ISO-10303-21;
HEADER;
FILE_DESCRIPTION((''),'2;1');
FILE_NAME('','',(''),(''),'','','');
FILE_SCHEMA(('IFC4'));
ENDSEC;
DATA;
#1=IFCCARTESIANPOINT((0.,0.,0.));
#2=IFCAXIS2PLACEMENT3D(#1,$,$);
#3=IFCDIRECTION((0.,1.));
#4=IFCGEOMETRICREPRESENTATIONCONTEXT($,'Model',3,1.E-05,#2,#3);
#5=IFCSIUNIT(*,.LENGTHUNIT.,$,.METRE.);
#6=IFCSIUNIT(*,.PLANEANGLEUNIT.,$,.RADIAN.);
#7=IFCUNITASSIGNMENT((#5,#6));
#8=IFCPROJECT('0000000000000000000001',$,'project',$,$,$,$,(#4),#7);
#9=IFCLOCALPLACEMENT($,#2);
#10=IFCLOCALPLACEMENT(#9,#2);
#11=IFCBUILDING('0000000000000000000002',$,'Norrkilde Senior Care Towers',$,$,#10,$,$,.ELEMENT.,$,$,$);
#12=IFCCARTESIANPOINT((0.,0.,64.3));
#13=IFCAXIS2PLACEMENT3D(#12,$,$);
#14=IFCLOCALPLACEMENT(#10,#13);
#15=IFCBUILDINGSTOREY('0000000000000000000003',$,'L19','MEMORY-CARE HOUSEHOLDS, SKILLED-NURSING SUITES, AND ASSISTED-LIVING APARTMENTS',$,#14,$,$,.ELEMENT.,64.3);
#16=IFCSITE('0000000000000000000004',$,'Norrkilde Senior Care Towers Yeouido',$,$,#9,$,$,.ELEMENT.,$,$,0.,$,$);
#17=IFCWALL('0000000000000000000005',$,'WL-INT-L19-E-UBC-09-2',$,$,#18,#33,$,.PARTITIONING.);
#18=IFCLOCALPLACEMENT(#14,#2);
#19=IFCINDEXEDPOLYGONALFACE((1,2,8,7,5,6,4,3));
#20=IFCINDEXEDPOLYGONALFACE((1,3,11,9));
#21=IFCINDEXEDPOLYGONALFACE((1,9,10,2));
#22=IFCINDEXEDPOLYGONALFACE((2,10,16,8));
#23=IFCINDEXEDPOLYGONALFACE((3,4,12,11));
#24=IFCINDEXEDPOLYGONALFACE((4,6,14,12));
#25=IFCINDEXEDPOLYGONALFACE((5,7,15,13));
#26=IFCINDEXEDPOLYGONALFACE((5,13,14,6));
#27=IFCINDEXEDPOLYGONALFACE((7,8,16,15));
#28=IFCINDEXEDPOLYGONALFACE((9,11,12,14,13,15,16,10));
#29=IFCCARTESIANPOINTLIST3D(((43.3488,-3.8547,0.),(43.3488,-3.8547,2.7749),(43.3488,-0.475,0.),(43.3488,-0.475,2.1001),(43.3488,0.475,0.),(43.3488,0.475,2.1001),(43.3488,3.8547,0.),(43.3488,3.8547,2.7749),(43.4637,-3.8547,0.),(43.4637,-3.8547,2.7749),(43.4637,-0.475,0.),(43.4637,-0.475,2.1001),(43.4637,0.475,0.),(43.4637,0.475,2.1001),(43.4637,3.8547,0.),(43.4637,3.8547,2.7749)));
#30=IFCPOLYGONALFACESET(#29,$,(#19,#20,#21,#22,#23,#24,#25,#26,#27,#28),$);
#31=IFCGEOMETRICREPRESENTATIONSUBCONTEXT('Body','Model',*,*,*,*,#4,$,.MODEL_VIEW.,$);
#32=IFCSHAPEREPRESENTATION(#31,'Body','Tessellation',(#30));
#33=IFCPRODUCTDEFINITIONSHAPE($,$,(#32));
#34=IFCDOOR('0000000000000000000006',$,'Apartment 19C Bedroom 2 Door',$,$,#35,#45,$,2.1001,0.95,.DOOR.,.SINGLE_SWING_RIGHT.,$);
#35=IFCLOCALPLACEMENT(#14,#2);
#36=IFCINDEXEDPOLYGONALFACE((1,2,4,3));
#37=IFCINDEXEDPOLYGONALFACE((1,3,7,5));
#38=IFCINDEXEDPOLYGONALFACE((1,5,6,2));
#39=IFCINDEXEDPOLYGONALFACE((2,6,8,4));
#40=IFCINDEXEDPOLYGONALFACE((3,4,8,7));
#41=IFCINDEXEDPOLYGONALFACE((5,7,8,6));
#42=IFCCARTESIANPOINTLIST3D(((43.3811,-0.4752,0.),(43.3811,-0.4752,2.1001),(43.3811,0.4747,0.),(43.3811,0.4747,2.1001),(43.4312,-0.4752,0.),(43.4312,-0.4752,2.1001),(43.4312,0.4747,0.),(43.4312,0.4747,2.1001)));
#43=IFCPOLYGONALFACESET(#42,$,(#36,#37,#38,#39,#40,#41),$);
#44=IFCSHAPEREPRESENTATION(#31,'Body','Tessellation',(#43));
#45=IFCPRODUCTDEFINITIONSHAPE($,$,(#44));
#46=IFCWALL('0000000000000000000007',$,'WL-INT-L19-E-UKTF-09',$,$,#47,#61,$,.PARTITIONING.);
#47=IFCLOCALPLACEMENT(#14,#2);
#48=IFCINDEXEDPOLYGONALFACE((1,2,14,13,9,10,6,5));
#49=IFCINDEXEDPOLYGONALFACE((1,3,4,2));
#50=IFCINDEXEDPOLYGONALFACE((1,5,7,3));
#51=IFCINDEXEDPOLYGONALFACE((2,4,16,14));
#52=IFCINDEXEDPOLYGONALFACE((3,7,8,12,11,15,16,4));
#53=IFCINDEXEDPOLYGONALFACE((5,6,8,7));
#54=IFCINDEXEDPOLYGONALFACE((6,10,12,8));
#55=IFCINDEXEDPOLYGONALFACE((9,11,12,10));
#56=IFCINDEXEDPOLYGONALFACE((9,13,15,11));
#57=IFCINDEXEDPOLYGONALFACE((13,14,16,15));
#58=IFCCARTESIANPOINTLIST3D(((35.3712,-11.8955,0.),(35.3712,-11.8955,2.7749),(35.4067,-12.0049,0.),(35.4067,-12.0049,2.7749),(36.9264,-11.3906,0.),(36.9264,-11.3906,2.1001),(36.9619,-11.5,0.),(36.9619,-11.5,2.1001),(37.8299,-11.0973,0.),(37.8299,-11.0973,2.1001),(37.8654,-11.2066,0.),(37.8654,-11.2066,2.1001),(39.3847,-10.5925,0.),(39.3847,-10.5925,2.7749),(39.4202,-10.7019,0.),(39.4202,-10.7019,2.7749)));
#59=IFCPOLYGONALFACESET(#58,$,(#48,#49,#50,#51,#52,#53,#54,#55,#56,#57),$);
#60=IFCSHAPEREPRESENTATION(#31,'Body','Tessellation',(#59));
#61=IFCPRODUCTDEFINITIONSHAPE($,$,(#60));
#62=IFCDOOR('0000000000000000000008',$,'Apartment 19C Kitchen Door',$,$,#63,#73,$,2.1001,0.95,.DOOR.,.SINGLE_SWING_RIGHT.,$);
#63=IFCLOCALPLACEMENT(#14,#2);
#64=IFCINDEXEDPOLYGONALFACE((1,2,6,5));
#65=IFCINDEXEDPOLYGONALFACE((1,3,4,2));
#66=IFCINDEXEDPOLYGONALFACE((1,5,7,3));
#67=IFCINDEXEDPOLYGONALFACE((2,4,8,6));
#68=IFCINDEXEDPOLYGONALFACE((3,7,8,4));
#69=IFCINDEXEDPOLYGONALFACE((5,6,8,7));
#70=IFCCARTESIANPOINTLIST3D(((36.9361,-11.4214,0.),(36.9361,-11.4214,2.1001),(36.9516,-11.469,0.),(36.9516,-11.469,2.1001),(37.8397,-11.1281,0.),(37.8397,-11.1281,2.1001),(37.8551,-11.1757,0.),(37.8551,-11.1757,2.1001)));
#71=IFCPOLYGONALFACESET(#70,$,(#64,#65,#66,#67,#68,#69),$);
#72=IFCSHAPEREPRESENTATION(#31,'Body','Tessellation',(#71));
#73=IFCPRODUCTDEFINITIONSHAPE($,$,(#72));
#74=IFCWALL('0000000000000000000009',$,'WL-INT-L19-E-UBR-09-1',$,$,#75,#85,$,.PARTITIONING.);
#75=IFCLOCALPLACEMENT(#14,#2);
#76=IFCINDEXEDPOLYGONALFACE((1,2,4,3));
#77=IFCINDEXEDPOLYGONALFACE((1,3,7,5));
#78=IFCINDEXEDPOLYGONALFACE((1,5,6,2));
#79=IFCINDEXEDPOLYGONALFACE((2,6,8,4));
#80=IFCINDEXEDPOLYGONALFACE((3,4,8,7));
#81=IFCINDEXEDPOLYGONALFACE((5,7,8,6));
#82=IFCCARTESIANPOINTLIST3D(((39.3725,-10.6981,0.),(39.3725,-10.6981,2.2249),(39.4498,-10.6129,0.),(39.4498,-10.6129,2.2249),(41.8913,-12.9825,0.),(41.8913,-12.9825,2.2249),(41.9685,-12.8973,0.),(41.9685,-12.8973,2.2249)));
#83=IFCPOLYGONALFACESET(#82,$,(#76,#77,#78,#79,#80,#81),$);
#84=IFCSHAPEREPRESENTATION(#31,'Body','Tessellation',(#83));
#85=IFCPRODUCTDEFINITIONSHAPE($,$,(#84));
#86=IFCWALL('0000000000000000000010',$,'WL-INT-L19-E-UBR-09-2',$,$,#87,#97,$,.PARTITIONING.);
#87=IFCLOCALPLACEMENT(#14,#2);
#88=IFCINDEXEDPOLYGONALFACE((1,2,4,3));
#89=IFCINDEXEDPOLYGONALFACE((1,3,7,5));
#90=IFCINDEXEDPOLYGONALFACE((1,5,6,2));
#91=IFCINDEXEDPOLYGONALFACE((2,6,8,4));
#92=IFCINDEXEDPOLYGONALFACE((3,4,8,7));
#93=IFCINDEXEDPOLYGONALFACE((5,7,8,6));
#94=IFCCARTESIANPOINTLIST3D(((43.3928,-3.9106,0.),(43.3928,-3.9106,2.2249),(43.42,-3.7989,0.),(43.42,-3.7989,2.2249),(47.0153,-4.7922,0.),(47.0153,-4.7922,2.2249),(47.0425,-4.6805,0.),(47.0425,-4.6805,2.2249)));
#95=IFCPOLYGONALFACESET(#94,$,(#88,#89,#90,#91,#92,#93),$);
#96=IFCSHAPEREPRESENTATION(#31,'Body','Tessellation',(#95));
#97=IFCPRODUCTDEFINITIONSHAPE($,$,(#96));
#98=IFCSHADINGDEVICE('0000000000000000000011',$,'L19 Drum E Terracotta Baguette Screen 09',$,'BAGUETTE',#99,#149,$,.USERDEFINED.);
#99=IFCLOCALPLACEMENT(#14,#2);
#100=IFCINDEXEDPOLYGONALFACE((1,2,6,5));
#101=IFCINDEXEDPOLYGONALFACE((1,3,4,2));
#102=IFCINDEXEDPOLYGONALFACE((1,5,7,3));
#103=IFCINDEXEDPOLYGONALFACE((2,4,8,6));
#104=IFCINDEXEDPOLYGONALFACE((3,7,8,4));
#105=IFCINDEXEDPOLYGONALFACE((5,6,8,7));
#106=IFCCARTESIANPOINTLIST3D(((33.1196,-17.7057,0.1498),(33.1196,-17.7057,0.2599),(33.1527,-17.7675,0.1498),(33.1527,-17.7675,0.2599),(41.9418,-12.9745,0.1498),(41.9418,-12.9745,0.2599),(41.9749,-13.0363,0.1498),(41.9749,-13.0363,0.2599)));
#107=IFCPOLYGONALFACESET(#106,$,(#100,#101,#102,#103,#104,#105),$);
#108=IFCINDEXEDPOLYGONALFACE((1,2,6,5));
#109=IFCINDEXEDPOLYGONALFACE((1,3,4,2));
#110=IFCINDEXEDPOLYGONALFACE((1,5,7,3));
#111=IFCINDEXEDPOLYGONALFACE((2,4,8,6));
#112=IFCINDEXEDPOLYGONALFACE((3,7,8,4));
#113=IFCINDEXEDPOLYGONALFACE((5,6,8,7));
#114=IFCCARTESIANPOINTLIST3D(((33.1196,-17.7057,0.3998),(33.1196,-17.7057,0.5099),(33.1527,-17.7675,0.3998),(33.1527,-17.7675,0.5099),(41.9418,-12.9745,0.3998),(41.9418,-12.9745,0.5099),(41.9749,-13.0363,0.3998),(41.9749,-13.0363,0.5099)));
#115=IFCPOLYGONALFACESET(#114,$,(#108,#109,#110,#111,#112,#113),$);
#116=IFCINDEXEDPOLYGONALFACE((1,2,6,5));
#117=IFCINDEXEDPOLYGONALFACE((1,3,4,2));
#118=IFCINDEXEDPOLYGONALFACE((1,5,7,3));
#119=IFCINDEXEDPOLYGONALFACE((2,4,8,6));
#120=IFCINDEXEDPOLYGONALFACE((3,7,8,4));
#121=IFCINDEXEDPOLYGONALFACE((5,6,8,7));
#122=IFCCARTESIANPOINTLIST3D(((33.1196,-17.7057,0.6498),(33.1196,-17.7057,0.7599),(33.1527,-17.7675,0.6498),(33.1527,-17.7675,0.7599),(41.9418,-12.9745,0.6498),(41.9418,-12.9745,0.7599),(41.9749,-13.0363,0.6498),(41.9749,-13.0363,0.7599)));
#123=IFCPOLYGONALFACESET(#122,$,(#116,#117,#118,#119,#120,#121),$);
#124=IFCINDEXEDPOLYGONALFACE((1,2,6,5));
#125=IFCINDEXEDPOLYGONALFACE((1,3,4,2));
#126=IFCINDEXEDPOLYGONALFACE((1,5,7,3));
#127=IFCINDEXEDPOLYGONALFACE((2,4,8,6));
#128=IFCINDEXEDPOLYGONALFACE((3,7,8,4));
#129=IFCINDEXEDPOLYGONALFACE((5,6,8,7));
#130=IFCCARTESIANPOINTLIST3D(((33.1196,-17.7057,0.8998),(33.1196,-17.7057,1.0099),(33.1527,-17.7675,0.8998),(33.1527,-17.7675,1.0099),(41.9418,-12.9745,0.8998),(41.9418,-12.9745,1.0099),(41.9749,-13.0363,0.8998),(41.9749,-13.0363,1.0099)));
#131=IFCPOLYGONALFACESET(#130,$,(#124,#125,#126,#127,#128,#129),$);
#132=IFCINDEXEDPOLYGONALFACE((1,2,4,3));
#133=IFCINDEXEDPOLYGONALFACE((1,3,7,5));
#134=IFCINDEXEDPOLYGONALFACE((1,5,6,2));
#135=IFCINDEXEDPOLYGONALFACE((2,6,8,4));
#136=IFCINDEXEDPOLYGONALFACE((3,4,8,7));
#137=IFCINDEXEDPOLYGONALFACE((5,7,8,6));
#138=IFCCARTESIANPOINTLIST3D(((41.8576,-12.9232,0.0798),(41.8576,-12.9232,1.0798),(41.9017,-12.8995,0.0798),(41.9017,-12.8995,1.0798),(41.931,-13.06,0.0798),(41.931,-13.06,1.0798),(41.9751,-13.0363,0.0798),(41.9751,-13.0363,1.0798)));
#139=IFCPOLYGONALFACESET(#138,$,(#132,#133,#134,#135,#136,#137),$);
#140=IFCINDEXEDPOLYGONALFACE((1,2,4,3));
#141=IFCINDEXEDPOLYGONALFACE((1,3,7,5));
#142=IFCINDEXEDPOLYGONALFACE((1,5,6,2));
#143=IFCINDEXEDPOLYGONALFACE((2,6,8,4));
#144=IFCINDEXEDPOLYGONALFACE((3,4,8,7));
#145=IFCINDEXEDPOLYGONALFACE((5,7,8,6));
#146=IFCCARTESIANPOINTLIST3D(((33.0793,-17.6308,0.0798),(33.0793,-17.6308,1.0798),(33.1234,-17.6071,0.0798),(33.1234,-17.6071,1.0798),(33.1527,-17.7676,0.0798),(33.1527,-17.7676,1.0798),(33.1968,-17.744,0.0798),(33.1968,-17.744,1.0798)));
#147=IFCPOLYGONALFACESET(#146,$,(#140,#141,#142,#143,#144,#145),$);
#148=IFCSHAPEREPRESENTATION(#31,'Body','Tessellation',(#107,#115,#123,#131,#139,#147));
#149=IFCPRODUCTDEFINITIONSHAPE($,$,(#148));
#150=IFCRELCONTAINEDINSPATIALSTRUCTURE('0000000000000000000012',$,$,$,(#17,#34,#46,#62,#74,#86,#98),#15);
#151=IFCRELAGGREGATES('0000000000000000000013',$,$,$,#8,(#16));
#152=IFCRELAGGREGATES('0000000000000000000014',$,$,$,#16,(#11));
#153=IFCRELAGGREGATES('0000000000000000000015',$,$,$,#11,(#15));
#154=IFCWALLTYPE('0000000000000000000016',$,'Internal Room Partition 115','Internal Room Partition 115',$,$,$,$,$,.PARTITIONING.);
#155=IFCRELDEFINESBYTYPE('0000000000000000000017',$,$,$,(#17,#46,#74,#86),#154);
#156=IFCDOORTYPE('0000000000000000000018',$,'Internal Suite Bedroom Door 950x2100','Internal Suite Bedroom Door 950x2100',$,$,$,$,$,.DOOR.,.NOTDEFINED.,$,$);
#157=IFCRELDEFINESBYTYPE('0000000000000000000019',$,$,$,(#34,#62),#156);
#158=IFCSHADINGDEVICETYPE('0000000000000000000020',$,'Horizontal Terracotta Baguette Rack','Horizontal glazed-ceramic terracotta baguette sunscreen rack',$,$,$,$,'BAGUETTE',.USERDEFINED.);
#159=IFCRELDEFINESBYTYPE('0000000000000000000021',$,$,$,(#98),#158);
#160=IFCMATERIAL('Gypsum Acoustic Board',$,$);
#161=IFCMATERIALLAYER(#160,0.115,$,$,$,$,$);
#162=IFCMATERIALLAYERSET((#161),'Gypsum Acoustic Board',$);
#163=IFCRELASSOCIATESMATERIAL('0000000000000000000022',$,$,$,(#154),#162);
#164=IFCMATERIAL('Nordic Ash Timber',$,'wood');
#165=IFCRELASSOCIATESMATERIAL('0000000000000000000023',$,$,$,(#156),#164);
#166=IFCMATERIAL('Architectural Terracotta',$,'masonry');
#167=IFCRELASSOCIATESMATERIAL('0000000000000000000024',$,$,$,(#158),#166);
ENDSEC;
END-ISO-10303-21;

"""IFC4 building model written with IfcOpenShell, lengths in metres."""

from ifc_helpers import new_model, si_unit, direction, frame, frame_2d, origin, origin_2d, place, context, subcontext, project, spatial, rectangle, extrude, source, transform, mapped, material, layer, layer_set, type_object, type_shapes, element, fill, save


model = new_model("IFC4")

# Units and contexts
model_context = context("Model", 3, precision=1e-05, world=origin(), true_north=direction((0.0, 1.0)))
body_context = subcontext(model_context, "Body", "Model", "MODEL_VIEW")
ifc_project = project(units=[si_unit("LENGTHUNIT", "METRE"), si_unit("PLANEANGLEUNIT", "RADIAN")], contexts=[model_context])

# Site, building, storey
site_placement = place(None, origin())
site = spatial("IfcSite", under=ifc_project, at=site_placement, Name="Norrkilde Senior Care Towers Yeouido", CompositionType="ELEMENT", RefElevation=0.0)
building_placement = place(site_placement, origin())
building = spatial("IfcBuilding", under=site, at=building_placement, Name="Norrkilde Senior Care Towers", CompositionType="ELEMENT")
storey_placement = place(building_placement, frame((0.0, 0.0, 64.3)))
storey = spatial("IfcBuildingStorey", under=building, at=storey_placement, Name="L19", Description="MEMORY-CARE HOUSEHOLDS, SKILLED-NURSING SUITES, AND ASSISTED-LIVING APARTMENTS", CompositionType="ELEMENT", Elevation=64.3)

# Shared definitions
ifc_material_1 = material(Name="Gypsum Acoustic Board")
ifc_material_2 = material(Name="Nordic Ash Timber", Category="wood")

# Walls, openings, doors
ifc_layer_1 = layer(ifc_material_1, 0.115)
ifc_layer_set_1 = layer_set([ifc_layer_1], Name="Gypsum Acoustic Board")
wall_type_1 = type_object("IfcWallType", Name="Internal Room Partition 115", Description="Internal Room Partition 115", PredefinedType="PARTITIONING", material=ifc_layer_set_1)
door_type_1 = type_object("IfcDoorType", Name="Internal Suite Bedroom Door 950x2100", Description="Internal Suite Bedroom Door 950x2100", OperationType="NOTDEFINED", PredefinedType="DOOR", material=ifc_material_2)
shared_shape_1 = source(origin(), body_context, "Body", "SweptSolid", [
    extrude(rectangle(XDim=0.95, YDim=2.1001, at=frame_2d((0.4751, 1.05))), frame((0.0, 0.0249, 0.0), z_axis=(0.0, -1.0, 0.0), x_axis=(1.0, 0.0, 0.0)), (0.0, 0.0, 1.0), 0.05),
])
type_shapes(door_type_1, [shared_shape_1])
shared_shape_2 = source(origin(), body_context, "Body", "SweptSolid", [
    extrude(rectangle(XDim=7.7095, YDim=0.115, at=frame_2d((3.8547, 0.0))), origin(), (0.0, 0.0, 1.0), 2.7749),
])
wall_1_placement = place(storey_placement, frame((43.4062, -3.8547, 0.0), z_axis=(0.0, 0.0, 1.0), x_axis=(0.0, 1.0, 0.0)))
wall_1 = element("IfcWall", 1, at=wall_1_placement, inside=storey, type_object=wall_type_1, Name="WL-INT-L19-E-UBC-09-2", PredefinedType="PARTITIONING", context=body_context, shape_type="MappedRepresentation", body=[
    mapped(shared_shape_2, transform((0.0, 0.0, 0.0), x_axis=(1.0, 0.0, 0.0), y_axis=(0.0, 1.0, 0.0), z_axis=(0.0, 0.0, 1.0), scale=1.0)),
])
opening_1_placement = place(wall_1_placement, frame((3.3796, 0.0, 0.0)))
opening_1 = element("IfcOpeningElement", 2, at=opening_1_placement, cuts=wall_1, PredefinedType="OPENING", context=body_context, shape_type="SweptSolid", body=[
    extrude(rectangle(XDim=0.95, YDim=2.1001, at=frame_2d((0.4751, 1.05))), frame((0.0, 0.0674, 0.0), z_axis=(0.0, -1.0, 0.0), x_axis=(1.0, 0.0, 0.0)), (0.0, 0.0, 1.0), 0.135),
])
door_1_placement = place(opening_1_placement, frame((0.95, 0.0, 0.0), z_axis=(0.0, 0.0, 1.0), x_axis=(-1.0, 0.0, 0.0)))
door_1 = element("IfcDoor", 3, at=door_1_placement, inside=storey, type_object=door_type_1, Name="Apartment 19C Bedroom 2 Door", OperationType="SINGLE_SWING_RIGHT", OverallHeight=2.1001, OverallWidth=0.95, PredefinedType="DOOR", context=body_context, shape_type="MappedRepresentation", body=[
    mapped(shared_shape_1, transform((0.0, 0.0, 0.0), x_axis=(1.0, 0.0, 0.0), y_axis=(0.0, 1.0, 0.0), z_axis=(0.0, 0.0, 1.0), scale=1.0)),
])
fill(opening_1, door_1)
shared_shape_3 = source(origin(), body_context, "Body", "SweptSolid", [
    extrude(rectangle(XDim=4.2197, YDim=0.115, at=frame_2d((2.1099, 0.0))), origin(), (0.0, 0.0, 1.0), 2.7749),
])
wall_2_placement = place(storey_placement, frame((35.3889, -11.9502, 0.0), z_axis=(0.0, 0.0, 1.0), x_axis=(0.951131, 0.308789, 0.0)))
wall_2 = element("IfcWall", 4, at=wall_2_placement, inside=storey, type_object=wall_type_1, Name="WL-INT-L19-E-UKTF-09", PredefinedType="PARTITIONING", context=body_context, shape_type="MappedRepresentation", body=[
    mapped(shared_shape_3, transform((0.0, 0.0, 0.0), x_axis=(1.0, 0.0, 0.0), y_axis=(0.0, 1.0, 0.0), z_axis=(0.0, 0.0, 1.0), scale=1.0)),
])
opening_2_placement = place(wall_2_placement, frame((1.635, 0.0, 0.0)))
opening_2 = element("IfcOpeningElement", 5, at=opening_2_placement, cuts=wall_2, PredefinedType="OPENING", context=body_context, shape_type="SweptSolid", body=[
    extrude(rectangle(XDim=0.95, YDim=2.1001, at=frame_2d((0.4751, 1.05))), frame((0.0, 0.0674, 0.0), z_axis=(0.0, -1.0, 0.0), x_axis=(1.0, 0.0, 0.0)), (0.0, 0.0, 1.0), 0.135),
])
door_2_placement = place(opening_2_placement, frame((0.95, 0.0, 0.0), z_axis=(0.0, 0.0, 1.0), x_axis=(-1.0, 0.0, 0.0)))
door_2 = element("IfcDoor", 6, at=door_2_placement, inside=storey, type_object=door_type_1, Name="Apartment 19C Kitchen Door", OperationType="SINGLE_SWING_RIGHT", OverallHeight=2.1001, OverallWidth=0.95, PredefinedType="DOOR", context=body_context, shape_type="MappedRepresentation", body=[
    mapped(shared_shape_1, transform((0.0, 0.0, 0.0), x_axis=(1.0, 0.0, 0.0), y_axis=(0.0, 1.0, 0.0), z_axis=(0.0, 0.0, 1.0), scale=1.0)),
])
fill(opening_2, door_2)

# Walls
shared_shape_4 = source(origin(), body_context, "Body", "SweptSolid", [
    extrude(rectangle(XDim=3.4004, YDim=0.115, at=frame_2d((1.7002, 0.0))), origin(), (0.0, 0.0, 1.0), 2.2249),
])
wall_3_placement = place(storey_placement, frame((39.4111, -10.6555, 0.0), z_axis=(0.0, 0.0, 1.0), x_axis=(0.740729, -0.671804, 0.0)))
element("IfcWall", 7, at=wall_3_placement, inside=storey, type_object=wall_type_1, Name="WL-INT-L19-E-UBR-09-1", PredefinedType="PARTITIONING", context=body_context, shape_type="MappedRepresentation", body=[
    mapped(shared_shape_4, transform((0.0, 0.0, 0.0), x_axis=(1.0, 0.0, 0.0), y_axis=(0.0, 1.0, 0.0), z_axis=(0.0, 0.0, 1.0), scale=1.0)),
])
shared_shape_5 = source(origin(), body_context, "Body", "SweptSolid", [
    extrude(rectangle(XDim=3.7283, YDim=0.115, at=frame_2d((1.8643, 0.0))), origin(), (0.0, 0.0, 1.0), 2.2249),
])
wall_4_placement = place(storey_placement, frame((43.4062, -3.8547, 0.0), z_axis=(0.0, 0.0, 1.0), x_axis=(0.971641, -0.23646, 0.0)))
element("IfcWall", 8, at=wall_4_placement, inside=storey, type_object=wall_type_1, Name="WL-INT-L19-E-UBR-09-2", PredefinedType="PARTITIONING", context=body_context, shape_type="MappedRepresentation", body=[
    mapped(shared_shape_5, transform((0.0, 0.0, 0.0), x_axis=(1.0, 0.0, 0.0), y_axis=(0.0, 1.0, 0.0), z_axis=(0.0, 0.0, 1.0), scale=1.0)),
])

# Shading device
ifc_material_3 = material(Name="Architectural Terracotta", Category="masonry")
shading_device_type = type_object("IfcShadingDeviceType", Name="Horizontal Terracotta Baguette Rack", Description="Horizontal glazed-ceramic terracotta baguette sunscreen rack", ElementType="BAGUETTE", PredefinedType="USERDEFINED", material=ifc_material_3)
shared_shape_6 = source(origin(), body_context, "Body", "SweptSolid", [
    extrude(rectangle(XDim=0.0701, YDim=0.1101, at=origin_2d()), frame((0.0, 0.0901, 0.125), z_axis=(1.0, 0.0, 0.0), x_axis=(0.0, 1.0, 0.0)), (0.0, 0.0, 1.0), 10.0107),
    extrude(rectangle(XDim=0.0701, YDim=0.1101, at=origin_2d()), frame((0.0, 0.0901, 0.375), z_axis=(1.0, 0.0, 0.0), x_axis=(0.0, 1.0, 0.0)), (0.0, 0.0, 1.0), 10.0107),
    extrude(rectangle(XDim=0.0701, YDim=0.1101, at=origin_2d()), frame((0.0, 0.0901, 0.625), z_axis=(1.0, 0.0, 0.0), x_axis=(0.0, 1.0, 0.0)), (0.0, 0.0, 1.0), 10.0107),
    extrude(rectangle(XDim=0.0701, YDim=0.1101, at=origin_2d()), frame((0.0, 0.0901, 0.875), z_axis=(1.0, 0.0, 0.0), x_axis=(0.0, 1.0, 0.0)), (0.0, 0.0, 1.0), 10.0107),
    extrude(rectangle(XDim=0.05, YDim=0.1553, at=origin_2d()), frame((0.0249, 0.0476, 0.0)), (0.0, 0.0, 1.0), 1.0),
    extrude(rectangle(XDim=0.05, YDim=0.1553, at=origin_2d()), frame((9.9858, 0.0476, 0.0)), (0.0, 0.0, 1.0), 1.0),
])
type_shapes(shading_device_type, [shared_shape_6])
shading_device_placement = place(storey_placement, frame((41.9158, -12.926, 0.0798), z_axis=(0.0, 0.0, 1.0), x_axis=(-0.88128, -0.472612, 0.0)))
element("IfcShadingDevice", 9, at=shading_device_placement, inside=storey, type_object=shading_device_type, Name="L19 Drum E Terracotta Baguette Screen 09", ObjectType="BAGUETTE", PredefinedType="USERDEFINED", context=body_context, shape_type="MappedRepresentation", body=[
    mapped(shared_shape_6, transform((0.0, 0.0, 0.0), x_axis=(1.0, 0.0, 0.0), y_axis=(0.0, 1.0, 0.0), z_axis=(0.0, 0.0, 1.0), scale=1.0)),
])

save(model, "model.ifc")
